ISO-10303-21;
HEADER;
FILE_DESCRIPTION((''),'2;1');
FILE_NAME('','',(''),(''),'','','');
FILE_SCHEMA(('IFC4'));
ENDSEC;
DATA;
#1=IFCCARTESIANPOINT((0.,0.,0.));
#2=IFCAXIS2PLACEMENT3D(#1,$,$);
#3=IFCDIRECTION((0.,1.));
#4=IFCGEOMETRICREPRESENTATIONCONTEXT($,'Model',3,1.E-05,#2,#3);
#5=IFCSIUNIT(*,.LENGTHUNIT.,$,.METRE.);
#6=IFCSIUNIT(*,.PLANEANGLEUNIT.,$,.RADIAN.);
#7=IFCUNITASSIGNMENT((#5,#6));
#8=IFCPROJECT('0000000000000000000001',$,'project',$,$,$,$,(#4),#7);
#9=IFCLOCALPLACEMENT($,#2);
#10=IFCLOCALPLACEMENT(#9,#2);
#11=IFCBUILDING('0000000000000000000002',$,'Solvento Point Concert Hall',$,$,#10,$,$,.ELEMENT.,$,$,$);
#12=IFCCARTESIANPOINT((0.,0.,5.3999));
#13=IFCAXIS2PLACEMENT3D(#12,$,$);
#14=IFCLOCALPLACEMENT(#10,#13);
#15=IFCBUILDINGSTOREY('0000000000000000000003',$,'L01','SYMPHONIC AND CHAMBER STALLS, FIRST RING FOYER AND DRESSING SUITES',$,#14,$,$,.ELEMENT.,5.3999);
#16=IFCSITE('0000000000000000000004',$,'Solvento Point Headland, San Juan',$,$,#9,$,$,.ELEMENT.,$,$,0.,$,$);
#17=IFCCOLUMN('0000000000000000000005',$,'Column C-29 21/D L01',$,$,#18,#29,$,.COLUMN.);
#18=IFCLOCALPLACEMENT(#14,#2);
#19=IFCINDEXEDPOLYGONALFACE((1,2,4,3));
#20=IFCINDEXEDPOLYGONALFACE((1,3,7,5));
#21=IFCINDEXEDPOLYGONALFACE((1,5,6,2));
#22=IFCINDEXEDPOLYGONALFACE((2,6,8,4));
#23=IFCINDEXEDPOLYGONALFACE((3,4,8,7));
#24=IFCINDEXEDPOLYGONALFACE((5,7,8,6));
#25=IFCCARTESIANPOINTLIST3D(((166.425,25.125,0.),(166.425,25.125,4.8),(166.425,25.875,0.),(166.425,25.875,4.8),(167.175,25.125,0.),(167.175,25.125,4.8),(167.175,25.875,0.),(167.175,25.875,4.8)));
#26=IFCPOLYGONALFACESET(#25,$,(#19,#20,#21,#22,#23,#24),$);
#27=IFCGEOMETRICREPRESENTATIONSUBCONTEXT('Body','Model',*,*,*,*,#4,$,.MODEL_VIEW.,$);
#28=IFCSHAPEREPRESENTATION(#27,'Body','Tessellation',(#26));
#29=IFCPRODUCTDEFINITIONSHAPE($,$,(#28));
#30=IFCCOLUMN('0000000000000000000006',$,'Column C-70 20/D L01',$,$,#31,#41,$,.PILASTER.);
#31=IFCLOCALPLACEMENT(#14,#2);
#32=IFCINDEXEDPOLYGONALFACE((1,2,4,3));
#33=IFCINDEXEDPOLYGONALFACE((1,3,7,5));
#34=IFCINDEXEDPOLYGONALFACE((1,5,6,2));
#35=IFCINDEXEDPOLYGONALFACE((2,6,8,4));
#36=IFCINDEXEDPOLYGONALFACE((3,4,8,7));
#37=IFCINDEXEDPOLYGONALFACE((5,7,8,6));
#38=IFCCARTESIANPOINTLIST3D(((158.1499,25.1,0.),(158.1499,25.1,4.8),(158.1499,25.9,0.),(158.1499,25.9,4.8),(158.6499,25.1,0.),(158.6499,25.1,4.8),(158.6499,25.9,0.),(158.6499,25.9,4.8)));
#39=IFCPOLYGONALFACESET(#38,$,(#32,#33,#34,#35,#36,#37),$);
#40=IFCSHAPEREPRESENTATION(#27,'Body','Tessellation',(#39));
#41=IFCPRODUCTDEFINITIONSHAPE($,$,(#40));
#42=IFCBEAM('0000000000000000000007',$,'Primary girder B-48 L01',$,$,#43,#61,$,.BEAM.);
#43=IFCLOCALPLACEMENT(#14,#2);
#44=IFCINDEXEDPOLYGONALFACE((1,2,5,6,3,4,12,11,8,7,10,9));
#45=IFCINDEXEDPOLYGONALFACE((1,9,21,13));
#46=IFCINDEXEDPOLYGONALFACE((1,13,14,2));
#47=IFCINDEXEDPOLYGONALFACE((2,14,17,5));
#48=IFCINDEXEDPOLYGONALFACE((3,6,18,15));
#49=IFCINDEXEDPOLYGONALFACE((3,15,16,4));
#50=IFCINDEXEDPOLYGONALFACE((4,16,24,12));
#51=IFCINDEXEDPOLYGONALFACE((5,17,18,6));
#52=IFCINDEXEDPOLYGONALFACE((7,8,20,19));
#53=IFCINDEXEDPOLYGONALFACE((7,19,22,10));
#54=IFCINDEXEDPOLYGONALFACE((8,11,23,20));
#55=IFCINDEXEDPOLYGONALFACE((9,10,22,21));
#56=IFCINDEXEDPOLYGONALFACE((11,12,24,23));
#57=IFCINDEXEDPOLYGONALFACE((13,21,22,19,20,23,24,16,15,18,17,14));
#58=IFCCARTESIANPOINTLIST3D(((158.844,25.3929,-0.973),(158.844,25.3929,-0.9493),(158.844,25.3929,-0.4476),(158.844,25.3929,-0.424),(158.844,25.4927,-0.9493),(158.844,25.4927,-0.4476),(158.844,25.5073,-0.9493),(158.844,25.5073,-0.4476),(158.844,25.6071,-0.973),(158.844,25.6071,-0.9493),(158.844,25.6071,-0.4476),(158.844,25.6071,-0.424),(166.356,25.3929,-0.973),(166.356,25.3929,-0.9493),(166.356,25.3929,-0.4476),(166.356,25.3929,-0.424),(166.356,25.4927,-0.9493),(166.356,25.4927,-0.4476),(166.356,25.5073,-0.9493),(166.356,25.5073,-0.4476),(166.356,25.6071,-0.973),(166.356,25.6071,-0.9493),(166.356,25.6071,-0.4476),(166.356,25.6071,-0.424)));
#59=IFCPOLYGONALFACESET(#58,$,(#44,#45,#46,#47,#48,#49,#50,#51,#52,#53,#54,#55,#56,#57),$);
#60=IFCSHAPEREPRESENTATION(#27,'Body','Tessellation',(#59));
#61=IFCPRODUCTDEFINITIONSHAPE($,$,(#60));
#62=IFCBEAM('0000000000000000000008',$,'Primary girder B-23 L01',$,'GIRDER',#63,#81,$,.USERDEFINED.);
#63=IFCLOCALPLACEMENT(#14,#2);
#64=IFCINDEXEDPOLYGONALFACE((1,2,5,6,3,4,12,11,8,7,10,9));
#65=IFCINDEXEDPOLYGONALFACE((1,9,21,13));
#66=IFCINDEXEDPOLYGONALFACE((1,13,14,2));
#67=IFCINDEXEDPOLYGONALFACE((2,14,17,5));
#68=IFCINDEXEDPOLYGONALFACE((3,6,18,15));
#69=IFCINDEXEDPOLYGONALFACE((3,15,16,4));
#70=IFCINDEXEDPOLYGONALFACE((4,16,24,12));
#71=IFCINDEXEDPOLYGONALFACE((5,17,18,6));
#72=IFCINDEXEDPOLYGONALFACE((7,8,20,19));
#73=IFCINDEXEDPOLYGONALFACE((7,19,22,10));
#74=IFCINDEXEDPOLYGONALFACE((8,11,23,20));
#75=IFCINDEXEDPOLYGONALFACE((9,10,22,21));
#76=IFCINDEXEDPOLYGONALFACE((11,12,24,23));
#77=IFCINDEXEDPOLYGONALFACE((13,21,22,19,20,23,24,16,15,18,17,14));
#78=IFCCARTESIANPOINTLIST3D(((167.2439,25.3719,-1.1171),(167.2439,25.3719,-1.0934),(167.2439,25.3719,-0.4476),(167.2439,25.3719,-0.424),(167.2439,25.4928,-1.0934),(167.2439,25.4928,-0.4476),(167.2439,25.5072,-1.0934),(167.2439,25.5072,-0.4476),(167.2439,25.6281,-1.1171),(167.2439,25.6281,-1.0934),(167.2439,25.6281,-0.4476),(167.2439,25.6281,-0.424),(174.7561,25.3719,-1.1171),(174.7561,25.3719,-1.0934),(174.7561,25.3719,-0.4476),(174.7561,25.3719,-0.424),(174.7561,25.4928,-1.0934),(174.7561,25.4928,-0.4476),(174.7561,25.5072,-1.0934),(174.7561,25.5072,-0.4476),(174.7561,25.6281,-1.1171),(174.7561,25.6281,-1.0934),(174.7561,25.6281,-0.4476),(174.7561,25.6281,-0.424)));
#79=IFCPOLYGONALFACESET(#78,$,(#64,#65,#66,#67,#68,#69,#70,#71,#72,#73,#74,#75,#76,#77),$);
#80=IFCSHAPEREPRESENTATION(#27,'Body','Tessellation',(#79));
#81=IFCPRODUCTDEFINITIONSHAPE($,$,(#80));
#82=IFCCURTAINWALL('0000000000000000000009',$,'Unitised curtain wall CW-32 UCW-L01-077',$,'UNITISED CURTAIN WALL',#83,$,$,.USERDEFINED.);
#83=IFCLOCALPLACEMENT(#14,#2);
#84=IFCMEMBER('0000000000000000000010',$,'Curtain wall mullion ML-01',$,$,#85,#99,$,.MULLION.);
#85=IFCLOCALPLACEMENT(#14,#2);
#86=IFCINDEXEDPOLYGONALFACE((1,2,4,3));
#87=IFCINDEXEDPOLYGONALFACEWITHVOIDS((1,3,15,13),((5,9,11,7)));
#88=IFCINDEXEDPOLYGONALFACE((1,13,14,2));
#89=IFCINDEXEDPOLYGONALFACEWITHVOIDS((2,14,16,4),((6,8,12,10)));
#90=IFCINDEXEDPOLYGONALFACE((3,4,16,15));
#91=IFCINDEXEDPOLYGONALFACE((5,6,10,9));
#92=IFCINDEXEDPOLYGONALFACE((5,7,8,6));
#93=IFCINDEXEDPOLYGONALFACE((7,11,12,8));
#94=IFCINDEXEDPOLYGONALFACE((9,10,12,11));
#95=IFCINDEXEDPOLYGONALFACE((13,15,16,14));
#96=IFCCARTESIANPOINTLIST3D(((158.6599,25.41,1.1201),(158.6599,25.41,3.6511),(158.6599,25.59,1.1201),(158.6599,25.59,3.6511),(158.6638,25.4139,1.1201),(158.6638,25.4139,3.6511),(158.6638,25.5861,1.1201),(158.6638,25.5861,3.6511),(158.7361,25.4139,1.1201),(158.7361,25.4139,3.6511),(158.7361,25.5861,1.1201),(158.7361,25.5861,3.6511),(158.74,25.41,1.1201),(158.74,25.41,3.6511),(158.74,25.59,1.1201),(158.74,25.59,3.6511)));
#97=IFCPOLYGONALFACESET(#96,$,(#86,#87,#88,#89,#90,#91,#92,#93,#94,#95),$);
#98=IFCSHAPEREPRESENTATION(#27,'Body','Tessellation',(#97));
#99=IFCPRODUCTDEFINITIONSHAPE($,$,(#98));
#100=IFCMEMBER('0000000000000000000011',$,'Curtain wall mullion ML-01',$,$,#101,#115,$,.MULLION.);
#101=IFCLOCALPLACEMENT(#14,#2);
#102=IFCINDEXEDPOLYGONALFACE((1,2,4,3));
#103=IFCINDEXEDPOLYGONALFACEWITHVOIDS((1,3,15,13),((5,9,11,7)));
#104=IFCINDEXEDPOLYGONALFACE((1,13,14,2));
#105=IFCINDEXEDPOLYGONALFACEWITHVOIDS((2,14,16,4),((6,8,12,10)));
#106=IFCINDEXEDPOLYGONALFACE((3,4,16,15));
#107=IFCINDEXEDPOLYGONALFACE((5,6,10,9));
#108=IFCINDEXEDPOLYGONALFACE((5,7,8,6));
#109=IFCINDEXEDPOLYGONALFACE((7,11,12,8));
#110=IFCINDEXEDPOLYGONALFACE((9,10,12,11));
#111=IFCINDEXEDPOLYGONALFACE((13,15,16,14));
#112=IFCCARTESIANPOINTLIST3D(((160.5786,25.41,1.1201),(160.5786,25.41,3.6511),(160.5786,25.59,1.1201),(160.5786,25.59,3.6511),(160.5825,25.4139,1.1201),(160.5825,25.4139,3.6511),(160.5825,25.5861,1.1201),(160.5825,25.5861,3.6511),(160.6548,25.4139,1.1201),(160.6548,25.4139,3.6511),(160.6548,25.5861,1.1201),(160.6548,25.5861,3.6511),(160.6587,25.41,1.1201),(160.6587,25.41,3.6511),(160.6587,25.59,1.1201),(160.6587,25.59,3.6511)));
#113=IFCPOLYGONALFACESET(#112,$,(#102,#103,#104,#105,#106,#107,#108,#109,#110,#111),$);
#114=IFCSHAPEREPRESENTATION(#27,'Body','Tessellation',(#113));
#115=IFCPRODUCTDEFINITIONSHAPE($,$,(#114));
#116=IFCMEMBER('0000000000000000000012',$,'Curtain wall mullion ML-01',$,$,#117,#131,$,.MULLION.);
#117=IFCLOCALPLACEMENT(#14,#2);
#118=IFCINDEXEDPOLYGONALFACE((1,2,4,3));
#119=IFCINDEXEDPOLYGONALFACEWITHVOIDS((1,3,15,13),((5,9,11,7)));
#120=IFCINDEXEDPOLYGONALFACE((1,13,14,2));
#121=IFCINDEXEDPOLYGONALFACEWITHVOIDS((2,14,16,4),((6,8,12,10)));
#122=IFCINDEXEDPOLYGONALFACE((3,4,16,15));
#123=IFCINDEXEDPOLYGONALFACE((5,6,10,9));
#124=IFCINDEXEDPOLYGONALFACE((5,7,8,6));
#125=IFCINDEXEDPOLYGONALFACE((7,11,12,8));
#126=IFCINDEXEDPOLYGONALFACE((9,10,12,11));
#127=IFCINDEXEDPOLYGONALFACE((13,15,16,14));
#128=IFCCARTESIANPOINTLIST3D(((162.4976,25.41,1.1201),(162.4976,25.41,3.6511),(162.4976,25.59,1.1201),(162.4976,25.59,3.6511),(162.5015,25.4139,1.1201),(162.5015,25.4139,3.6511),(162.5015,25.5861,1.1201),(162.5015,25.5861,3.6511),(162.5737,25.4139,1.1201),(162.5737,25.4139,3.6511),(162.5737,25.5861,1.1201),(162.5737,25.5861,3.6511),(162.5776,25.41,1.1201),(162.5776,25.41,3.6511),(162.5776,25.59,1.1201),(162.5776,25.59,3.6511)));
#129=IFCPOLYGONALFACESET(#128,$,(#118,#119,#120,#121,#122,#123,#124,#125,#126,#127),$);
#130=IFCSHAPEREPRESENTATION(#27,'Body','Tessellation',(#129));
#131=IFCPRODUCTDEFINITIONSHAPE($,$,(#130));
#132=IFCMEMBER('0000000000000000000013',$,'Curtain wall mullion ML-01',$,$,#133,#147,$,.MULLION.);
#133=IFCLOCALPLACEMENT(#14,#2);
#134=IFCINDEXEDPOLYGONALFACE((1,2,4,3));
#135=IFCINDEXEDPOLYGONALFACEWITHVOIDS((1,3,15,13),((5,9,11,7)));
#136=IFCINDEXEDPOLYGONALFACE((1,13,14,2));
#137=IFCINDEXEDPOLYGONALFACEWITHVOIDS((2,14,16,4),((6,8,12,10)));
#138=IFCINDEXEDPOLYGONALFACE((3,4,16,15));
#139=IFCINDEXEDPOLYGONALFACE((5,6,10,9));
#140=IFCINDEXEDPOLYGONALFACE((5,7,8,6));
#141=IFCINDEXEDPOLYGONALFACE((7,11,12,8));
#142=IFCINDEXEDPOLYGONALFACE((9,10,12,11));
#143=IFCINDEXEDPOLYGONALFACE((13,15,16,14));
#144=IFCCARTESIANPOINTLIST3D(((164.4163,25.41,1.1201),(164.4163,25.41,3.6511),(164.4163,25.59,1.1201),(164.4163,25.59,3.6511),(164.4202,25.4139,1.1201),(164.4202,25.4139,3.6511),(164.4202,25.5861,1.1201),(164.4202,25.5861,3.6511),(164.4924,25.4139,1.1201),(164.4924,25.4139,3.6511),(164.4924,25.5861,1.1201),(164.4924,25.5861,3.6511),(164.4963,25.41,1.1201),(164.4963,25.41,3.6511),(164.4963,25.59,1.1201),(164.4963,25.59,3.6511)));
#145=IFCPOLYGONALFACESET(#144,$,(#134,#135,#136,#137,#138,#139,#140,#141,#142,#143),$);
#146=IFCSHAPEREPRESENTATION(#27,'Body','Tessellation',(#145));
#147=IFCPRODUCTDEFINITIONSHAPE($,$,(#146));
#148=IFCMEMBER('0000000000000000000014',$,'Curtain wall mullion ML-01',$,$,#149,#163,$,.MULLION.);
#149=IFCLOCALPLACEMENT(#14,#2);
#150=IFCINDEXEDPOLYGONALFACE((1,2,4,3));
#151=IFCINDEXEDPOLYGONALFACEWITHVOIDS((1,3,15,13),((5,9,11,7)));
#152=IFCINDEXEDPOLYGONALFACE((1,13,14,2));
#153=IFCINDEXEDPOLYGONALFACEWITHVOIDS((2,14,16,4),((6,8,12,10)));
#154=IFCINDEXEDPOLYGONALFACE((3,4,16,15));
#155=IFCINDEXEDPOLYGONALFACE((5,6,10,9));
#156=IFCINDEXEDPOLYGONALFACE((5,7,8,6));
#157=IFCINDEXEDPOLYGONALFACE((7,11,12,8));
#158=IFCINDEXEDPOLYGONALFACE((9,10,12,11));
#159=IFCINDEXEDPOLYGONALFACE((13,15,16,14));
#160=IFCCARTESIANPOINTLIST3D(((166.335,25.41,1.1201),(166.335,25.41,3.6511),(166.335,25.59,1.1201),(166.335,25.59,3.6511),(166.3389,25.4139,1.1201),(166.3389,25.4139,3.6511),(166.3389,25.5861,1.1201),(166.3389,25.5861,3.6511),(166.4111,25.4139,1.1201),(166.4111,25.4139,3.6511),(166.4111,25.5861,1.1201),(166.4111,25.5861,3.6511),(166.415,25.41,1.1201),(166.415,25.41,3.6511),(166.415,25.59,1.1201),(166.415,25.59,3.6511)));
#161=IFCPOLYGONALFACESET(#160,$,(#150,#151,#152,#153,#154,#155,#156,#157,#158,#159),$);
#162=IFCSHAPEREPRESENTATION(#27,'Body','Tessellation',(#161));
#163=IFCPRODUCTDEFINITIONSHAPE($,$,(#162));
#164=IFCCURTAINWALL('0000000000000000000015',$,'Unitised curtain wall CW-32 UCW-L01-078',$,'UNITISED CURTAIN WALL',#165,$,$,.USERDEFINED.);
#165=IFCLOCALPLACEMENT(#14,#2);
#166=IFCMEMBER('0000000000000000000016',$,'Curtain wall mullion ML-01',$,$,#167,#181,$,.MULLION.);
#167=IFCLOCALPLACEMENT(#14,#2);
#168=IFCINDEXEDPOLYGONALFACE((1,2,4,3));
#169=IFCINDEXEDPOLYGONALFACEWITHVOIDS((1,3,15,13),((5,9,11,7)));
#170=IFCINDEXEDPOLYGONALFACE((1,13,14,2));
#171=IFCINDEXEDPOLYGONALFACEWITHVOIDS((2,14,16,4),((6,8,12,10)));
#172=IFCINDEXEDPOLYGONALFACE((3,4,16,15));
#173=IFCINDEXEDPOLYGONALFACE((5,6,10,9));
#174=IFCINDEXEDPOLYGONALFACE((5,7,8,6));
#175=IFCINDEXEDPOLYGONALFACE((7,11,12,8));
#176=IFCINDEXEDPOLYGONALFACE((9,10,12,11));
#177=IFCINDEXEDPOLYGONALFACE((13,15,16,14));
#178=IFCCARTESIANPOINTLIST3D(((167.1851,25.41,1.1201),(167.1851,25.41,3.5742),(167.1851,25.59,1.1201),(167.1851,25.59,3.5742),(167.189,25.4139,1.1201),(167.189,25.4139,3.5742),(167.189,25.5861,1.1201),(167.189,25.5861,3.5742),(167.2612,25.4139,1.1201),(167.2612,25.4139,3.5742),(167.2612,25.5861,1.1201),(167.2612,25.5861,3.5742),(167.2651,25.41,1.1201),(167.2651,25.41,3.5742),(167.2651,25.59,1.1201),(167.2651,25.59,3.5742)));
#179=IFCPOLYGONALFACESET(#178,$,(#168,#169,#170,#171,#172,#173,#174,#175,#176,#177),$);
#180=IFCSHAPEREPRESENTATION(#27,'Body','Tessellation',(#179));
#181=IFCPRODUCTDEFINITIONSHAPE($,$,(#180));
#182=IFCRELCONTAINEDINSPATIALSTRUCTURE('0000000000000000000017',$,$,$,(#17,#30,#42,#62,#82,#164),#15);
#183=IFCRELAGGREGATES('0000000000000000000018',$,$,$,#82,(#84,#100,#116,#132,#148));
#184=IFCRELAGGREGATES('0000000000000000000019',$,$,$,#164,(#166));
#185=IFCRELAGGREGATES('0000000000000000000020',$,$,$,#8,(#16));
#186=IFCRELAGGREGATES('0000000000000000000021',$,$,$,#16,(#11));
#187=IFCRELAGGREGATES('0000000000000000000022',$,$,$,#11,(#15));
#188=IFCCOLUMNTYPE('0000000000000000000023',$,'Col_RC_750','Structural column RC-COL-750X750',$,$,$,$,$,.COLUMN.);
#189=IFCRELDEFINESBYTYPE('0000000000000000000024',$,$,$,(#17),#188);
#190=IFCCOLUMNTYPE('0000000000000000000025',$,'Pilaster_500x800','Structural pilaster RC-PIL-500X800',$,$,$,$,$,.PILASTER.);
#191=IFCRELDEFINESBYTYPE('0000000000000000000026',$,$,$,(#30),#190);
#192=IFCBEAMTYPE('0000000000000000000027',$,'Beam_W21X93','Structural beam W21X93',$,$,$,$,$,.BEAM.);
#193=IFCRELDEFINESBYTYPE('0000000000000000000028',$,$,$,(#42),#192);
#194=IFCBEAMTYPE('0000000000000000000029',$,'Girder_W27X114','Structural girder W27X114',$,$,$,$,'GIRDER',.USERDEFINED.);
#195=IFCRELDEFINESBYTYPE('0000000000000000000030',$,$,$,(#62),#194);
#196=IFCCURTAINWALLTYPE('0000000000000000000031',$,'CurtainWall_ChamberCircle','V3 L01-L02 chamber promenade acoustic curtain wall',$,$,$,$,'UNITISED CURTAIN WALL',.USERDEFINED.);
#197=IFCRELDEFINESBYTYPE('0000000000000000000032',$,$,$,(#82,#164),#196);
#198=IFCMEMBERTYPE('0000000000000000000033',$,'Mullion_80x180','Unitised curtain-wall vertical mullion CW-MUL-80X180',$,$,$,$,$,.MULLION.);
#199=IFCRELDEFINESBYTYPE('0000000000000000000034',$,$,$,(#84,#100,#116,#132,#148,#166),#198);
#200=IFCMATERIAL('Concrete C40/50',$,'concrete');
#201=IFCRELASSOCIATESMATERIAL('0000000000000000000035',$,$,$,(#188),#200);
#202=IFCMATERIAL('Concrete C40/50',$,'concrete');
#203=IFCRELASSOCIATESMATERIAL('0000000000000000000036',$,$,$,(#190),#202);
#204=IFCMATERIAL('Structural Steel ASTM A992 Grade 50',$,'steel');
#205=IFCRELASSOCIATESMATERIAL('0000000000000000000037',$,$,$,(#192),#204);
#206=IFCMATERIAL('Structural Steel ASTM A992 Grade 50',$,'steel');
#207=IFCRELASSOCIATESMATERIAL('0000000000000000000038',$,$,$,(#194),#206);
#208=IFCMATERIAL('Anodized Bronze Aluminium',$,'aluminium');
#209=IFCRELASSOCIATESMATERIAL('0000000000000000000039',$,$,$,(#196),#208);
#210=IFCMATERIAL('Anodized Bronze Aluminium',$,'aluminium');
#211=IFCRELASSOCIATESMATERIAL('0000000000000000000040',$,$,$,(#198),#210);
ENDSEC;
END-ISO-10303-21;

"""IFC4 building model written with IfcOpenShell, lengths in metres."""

from ifc_helpers import new_model, si_unit, direction, frame, origin, origin_2d, place, context, subcontext, project, spatial, rectangle, hollow_rectangle, i_section, extrude, material, material_profile, profile_set, type_object, element, aggregate, save


model = new_model("IFC4")

# Units and contexts
model_context = context("Model", 3, precision=1e-05, world=origin(), true_north=direction((0.0, 1.0)))
body_context = subcontext(model_context, "Body", "Model", "MODEL_VIEW")
ifc_project = project(units=[si_unit("LENGTHUNIT", "METRE"), si_unit("PLANEANGLEUNIT", "RADIAN")], contexts=[model_context])

# Site, building, storey
site_placement = place(None, origin())
site = spatial("IfcSite", under=ifc_project, at=site_placement, Name="Solvento Point Headland, San Juan", CompositionType="ELEMENT", RefElevation=0.0)
building_placement = place(site_placement, origin())
building = spatial("IfcBuilding", under=site, at=building_placement, Name="Solvento Point Concert Hall", CompositionType="ELEMENT")
storey_placement = place(building_placement, frame((0.0, 0.0, 5.3999)))
storey = spatial("IfcBuildingStorey", under=building, at=storey_placement, Name="L01", Description="SYMPHONIC AND CHAMBER STALLS, FIRST RING FOYER AND DRESSING SUITES", CompositionType="ELEMENT", Elevation=5.3999)

# Columns
ifc_material_1 = material(Name="Concrete C40/50", Category="concrete")
ifc_material_profile_1 = material_profile(ifc_material_1, rectangle(XDim=0.75, YDim=0.75, at=origin_2d()), Name="RC-COL-750X750")
ifc_profile_set_1 = profile_set([ifc_material_profile_1], Name="Concrete C40/50")
column_type_1 = type_object("IfcColumnType", Name="Col_RC_750", Description="Structural column RC-COL-750X750", PredefinedType="COLUMN", material=ifc_profile_set_1)
column_1_placement = place(storey_placement, frame((166.8, 25.5, 0.0), z_axis=(0.0, 0.0, 1.0), x_axis=(1.0, 0.0, 0.0)))
element("IfcColumn", 1, at=column_1_placement, inside=storey, type_object=column_type_1, Name="Column C-29 21/D L01", PredefinedType="COLUMN", context=body_context, shape_type="SweptSolid", body=[
    extrude(rectangle(XDim=0.75, YDim=0.75, at=origin_2d()), origin(), (0.0, 0.0, 1.0), 4.8),
])
ifc_material_2 = material(Name="Concrete C40/50", Category="concrete")
ifc_material_profile_2 = material_profile(ifc_material_2, rectangle(XDim=0.5, YDim=0.8, at=origin_2d()), Name="RC-PIL-500X800")
ifc_profile_set_2 = profile_set([ifc_material_profile_2], Name="Concrete C40/50")
column_type_2 = type_object("IfcColumnType", Name="Pilaster_500x800", Description="Structural pilaster RC-PIL-500X800", PredefinedType="PILASTER", material=ifc_profile_set_2)
column_2_placement = place(storey_placement, frame((158.3999, 25.5, 0.0), z_axis=(0.0, 0.0, 1.0), x_axis=(1.0, 0.0, 0.0)))
element("IfcColumn", 2, at=column_2_placement, inside=storey, type_object=column_type_2, Name="Column C-70 20/D L01", PredefinedType="PILASTER", context=body_context, shape_type="SweptSolid", body=[
    extrude(rectangle(XDim=0.5, YDim=0.8, at=origin_2d()), origin(), (0.0, 0.0, 1.0), 4.8),
])

# Beams
ifc_material_3 = material(Name="Structural Steel ASTM A992 Grade 50", Category="steel")
ifc_material_profile_3 = material_profile(ifc_material_3, i_section(OverallWidth=0.2141, OverallDepth=0.5491, WebThickness=0.0146, FlangeThickness=0.0237, at=origin_2d()), Name="W21X93")
ifc_profile_set_3 = profile_set([ifc_material_profile_3], Name="Structural Steel ASTM A992 Grade 50")
beam_type_1 = type_object("IfcBeamType", Name="Beam_W21X93", Description="Structural beam W21X93", PredefinedType="BEAM", material=ifc_profile_set_3)
beam_1_placement = place(storey_placement, frame((158.844, 25.5, -0.6985), z_axis=(1.0, 0.0, 0.0), x_axis=(0.0, 1.0, 0.0)))
element("IfcBeam", 3, at=beam_1_placement, inside=storey, type_object=beam_type_1, Name="Primary girder B-48 L01", PredefinedType="BEAM", context=body_context, shape_type="SweptSolid", body=[
    extrude(i_section(OverallWidth=0.2141, OverallDepth=0.5491, WebThickness=0.0146, FlangeThickness=0.0237, at=origin_2d()), origin(), (0.0, 0.0, 1.0), 7.512),
])
ifc_material_4 = material(Name="Structural Steel ASTM A992 Grade 50", Category="steel")
ifc_material_profile_4 = material_profile(ifc_material_4, i_section(OverallWidth=0.2561, OverallDepth=0.6931, WebThickness=0.0144, FlangeThickness=0.0237, at=origin_2d()), Name="W27X114")
ifc_profile_set_4 = profile_set([ifc_material_profile_4], Name="Structural Steel ASTM A992 Grade 50")
beam_type_2 = type_object("IfcBeamType", Name="Girder_W27X114", Description="Structural girder W27X114", ElementType="GIRDER", PredefinedType="USERDEFINED", material=ifc_profile_set_4)
beam_2_placement = place(storey_placement, frame((167.2439, 25.5, -0.7705), z_axis=(1.0, 0.0, 0.0), x_axis=(0.0, 1.0, 0.0)))
element("IfcBeam", 4, at=beam_2_placement, inside=storey, type_object=beam_type_2, Name="Primary girder B-23 L01", ObjectType="GIRDER", PredefinedType="USERDEFINED", context=body_context, shape_type="SweptSolid", body=[
    extrude(i_section(OverallWidth=0.2561, OverallDepth=0.6931, WebThickness=0.0144, FlangeThickness=0.0237, at=origin_2d()), origin(), (0.0, 0.0, 1.0), 7.5122),
])

# Curtain walls, members
ifc_material_5 = material(Name="Anodized Bronze Aluminium", Category="aluminium")
curtain_wall_type = type_object("IfcCurtainWallType", Name="CurtainWall_ChamberCircle", Description="V3 L01-L02 chamber promenade acoustic curtain wall", ElementType="UNITISED CURTAIN WALL", PredefinedType="USERDEFINED", material=ifc_material_5)
curtain_wall_1_placement = place(storey_placement, origin())
curtain_wall_1 = element("IfcCurtainWall", 5, at=curtain_wall_1_placement, inside=storey, type_object=curtain_wall_type, Name="Unitised curtain wall CW-32 UCW-L01-077", ObjectType="UNITISED CURTAIN WALL", PredefinedType="USERDEFINED")
ifc_material_6 = material(Name="Anodized Bronze Aluminium", Category="aluminium")
ifc_material_profile_5 = material_profile(ifc_material_6, hollow_rectangle(XDim=0.0801, YDim=0.1799, WallThickness=0.0039, at=origin_2d()), Name="CW-MUL-80X180")
ifc_profile_set_5 = profile_set([ifc_material_profile_5], Name="Anodized Bronze Aluminium")
member_type_1 = type_object("IfcMemberType", Name="Mullion_80x180", Description="Unitised curtain-wall vertical mullion CW-MUL-80X180", PredefinedType="MULLION", material=ifc_profile_set_5)
member_1_placement = place(storey_placement, frame((158.7, 25.5, 1.1201), z_axis=(0.0, 0.0, 1.0), x_axis=(1.0, 0.0, 0.0)))
member_1 = element("IfcMember", 6, at=member_1_placement, type_object=member_type_1, Name="Curtain wall mullion ML-01", PredefinedType="MULLION", context=body_context, shape_type="SweptSolid", body=[
    extrude(hollow_rectangle(XDim=0.0801, YDim=0.1799, WallThickness=0.0039, at=origin_2d()), origin(), (0.0, 0.0, 1.0), 2.531),
])
member_2_placement = place(storey_placement, frame((160.6187, 25.5, 1.1201), z_axis=(0.0, 0.0, 1.0), x_axis=(1.0, 0.0, 0.0)))
member_2 = element("IfcMember", 7, at=member_2_placement, type_object=member_type_1, Name="Curtain wall mullion ML-01", PredefinedType="MULLION", context=body_context, shape_type="SweptSolid", body=[
    extrude(hollow_rectangle(XDim=0.0801, YDim=0.1799, WallThickness=0.0039, at=origin_2d()), origin(), (0.0, 0.0, 1.0), 2.531),
])
member_3_placement = place(storey_placement, frame((162.5376, 25.5, 1.1201), z_axis=(0.0, 0.0, 1.0), x_axis=(1.0, 0.0, 0.0)))
member_3 = element("IfcMember", 8, at=member_3_placement, type_object=member_type_1, Name="Curtain wall mullion ML-01", PredefinedType="MULLION", context=body_context, shape_type="SweptSolid", body=[
    extrude(hollow_rectangle(XDim=0.0801, YDim=0.1799, WallThickness=0.0039, at=origin_2d()), origin(), (0.0, 0.0, 1.0), 2.531),
])
member_4_placement = place(storey_placement, frame((164.4563, 25.5, 1.1201), z_axis=(0.0, 0.0, 1.0), x_axis=(1.0, 0.0, 0.0)))
member_4 = element("IfcMember", 9, at=member_4_placement, type_object=member_type_1, Name="Curtain wall mullion ML-01", PredefinedType="MULLION", context=body_context, shape_type="SweptSolid", body=[
    extrude(hollow_rectangle(XDim=0.0801, YDim=0.1799, WallThickness=0.0039, at=origin_2d()), origin(), (0.0, 0.0, 1.0), 2.531),
])
member_5_placement = place(storey_placement, frame((166.375, 25.5, 1.1201), z_axis=(0.0, 0.0, 1.0), x_axis=(1.0, 0.0, 0.0)))
member_5 = element("IfcMember", 10, at=member_5_placement, type_object=member_type_1, Name="Curtain wall mullion ML-01", PredefinedType="MULLION", context=body_context, shape_type="SweptSolid", body=[
    extrude(hollow_rectangle(XDim=0.0801, YDim=0.1799, WallThickness=0.0039, at=origin_2d()), origin(), (0.0, 0.0, 1.0), 2.531),
])
curtain_wall_2_placement = place(storey_placement, origin())
curtain_wall_2 = element("IfcCurtainWall", 11, at=curtain_wall_2_placement, inside=storey, type_object=curtain_wall_type, Name="Unitised curtain wall CW-32 UCW-L01-078", ObjectType="UNITISED CURTAIN WALL", PredefinedType="USERDEFINED")
member_6_placement = place(storey_placement, frame((167.2251, 25.5, 1.1201), z_axis=(0.0, 0.0, 1.0), x_axis=(1.0, 0.0, 0.0)))
member_6 = element("IfcMember", 12, at=member_6_placement, type_object=member_type_1, Name="Curtain wall mullion ML-01", PredefinedType="MULLION", context=body_context, shape_type="SweptSolid", body=[
    extrude(hollow_rectangle(XDim=0.0801, YDim=0.1799, WallThickness=0.0039, at=origin_2d()), origin(), (0.0, 0.0, 1.0), 2.4541),
])

aggregate(curtain_wall_1, [member_1, member_2, member_3, member_4, member_5])
aggregate(curtain_wall_2, [member_6])

save(model, "model.ifc")
